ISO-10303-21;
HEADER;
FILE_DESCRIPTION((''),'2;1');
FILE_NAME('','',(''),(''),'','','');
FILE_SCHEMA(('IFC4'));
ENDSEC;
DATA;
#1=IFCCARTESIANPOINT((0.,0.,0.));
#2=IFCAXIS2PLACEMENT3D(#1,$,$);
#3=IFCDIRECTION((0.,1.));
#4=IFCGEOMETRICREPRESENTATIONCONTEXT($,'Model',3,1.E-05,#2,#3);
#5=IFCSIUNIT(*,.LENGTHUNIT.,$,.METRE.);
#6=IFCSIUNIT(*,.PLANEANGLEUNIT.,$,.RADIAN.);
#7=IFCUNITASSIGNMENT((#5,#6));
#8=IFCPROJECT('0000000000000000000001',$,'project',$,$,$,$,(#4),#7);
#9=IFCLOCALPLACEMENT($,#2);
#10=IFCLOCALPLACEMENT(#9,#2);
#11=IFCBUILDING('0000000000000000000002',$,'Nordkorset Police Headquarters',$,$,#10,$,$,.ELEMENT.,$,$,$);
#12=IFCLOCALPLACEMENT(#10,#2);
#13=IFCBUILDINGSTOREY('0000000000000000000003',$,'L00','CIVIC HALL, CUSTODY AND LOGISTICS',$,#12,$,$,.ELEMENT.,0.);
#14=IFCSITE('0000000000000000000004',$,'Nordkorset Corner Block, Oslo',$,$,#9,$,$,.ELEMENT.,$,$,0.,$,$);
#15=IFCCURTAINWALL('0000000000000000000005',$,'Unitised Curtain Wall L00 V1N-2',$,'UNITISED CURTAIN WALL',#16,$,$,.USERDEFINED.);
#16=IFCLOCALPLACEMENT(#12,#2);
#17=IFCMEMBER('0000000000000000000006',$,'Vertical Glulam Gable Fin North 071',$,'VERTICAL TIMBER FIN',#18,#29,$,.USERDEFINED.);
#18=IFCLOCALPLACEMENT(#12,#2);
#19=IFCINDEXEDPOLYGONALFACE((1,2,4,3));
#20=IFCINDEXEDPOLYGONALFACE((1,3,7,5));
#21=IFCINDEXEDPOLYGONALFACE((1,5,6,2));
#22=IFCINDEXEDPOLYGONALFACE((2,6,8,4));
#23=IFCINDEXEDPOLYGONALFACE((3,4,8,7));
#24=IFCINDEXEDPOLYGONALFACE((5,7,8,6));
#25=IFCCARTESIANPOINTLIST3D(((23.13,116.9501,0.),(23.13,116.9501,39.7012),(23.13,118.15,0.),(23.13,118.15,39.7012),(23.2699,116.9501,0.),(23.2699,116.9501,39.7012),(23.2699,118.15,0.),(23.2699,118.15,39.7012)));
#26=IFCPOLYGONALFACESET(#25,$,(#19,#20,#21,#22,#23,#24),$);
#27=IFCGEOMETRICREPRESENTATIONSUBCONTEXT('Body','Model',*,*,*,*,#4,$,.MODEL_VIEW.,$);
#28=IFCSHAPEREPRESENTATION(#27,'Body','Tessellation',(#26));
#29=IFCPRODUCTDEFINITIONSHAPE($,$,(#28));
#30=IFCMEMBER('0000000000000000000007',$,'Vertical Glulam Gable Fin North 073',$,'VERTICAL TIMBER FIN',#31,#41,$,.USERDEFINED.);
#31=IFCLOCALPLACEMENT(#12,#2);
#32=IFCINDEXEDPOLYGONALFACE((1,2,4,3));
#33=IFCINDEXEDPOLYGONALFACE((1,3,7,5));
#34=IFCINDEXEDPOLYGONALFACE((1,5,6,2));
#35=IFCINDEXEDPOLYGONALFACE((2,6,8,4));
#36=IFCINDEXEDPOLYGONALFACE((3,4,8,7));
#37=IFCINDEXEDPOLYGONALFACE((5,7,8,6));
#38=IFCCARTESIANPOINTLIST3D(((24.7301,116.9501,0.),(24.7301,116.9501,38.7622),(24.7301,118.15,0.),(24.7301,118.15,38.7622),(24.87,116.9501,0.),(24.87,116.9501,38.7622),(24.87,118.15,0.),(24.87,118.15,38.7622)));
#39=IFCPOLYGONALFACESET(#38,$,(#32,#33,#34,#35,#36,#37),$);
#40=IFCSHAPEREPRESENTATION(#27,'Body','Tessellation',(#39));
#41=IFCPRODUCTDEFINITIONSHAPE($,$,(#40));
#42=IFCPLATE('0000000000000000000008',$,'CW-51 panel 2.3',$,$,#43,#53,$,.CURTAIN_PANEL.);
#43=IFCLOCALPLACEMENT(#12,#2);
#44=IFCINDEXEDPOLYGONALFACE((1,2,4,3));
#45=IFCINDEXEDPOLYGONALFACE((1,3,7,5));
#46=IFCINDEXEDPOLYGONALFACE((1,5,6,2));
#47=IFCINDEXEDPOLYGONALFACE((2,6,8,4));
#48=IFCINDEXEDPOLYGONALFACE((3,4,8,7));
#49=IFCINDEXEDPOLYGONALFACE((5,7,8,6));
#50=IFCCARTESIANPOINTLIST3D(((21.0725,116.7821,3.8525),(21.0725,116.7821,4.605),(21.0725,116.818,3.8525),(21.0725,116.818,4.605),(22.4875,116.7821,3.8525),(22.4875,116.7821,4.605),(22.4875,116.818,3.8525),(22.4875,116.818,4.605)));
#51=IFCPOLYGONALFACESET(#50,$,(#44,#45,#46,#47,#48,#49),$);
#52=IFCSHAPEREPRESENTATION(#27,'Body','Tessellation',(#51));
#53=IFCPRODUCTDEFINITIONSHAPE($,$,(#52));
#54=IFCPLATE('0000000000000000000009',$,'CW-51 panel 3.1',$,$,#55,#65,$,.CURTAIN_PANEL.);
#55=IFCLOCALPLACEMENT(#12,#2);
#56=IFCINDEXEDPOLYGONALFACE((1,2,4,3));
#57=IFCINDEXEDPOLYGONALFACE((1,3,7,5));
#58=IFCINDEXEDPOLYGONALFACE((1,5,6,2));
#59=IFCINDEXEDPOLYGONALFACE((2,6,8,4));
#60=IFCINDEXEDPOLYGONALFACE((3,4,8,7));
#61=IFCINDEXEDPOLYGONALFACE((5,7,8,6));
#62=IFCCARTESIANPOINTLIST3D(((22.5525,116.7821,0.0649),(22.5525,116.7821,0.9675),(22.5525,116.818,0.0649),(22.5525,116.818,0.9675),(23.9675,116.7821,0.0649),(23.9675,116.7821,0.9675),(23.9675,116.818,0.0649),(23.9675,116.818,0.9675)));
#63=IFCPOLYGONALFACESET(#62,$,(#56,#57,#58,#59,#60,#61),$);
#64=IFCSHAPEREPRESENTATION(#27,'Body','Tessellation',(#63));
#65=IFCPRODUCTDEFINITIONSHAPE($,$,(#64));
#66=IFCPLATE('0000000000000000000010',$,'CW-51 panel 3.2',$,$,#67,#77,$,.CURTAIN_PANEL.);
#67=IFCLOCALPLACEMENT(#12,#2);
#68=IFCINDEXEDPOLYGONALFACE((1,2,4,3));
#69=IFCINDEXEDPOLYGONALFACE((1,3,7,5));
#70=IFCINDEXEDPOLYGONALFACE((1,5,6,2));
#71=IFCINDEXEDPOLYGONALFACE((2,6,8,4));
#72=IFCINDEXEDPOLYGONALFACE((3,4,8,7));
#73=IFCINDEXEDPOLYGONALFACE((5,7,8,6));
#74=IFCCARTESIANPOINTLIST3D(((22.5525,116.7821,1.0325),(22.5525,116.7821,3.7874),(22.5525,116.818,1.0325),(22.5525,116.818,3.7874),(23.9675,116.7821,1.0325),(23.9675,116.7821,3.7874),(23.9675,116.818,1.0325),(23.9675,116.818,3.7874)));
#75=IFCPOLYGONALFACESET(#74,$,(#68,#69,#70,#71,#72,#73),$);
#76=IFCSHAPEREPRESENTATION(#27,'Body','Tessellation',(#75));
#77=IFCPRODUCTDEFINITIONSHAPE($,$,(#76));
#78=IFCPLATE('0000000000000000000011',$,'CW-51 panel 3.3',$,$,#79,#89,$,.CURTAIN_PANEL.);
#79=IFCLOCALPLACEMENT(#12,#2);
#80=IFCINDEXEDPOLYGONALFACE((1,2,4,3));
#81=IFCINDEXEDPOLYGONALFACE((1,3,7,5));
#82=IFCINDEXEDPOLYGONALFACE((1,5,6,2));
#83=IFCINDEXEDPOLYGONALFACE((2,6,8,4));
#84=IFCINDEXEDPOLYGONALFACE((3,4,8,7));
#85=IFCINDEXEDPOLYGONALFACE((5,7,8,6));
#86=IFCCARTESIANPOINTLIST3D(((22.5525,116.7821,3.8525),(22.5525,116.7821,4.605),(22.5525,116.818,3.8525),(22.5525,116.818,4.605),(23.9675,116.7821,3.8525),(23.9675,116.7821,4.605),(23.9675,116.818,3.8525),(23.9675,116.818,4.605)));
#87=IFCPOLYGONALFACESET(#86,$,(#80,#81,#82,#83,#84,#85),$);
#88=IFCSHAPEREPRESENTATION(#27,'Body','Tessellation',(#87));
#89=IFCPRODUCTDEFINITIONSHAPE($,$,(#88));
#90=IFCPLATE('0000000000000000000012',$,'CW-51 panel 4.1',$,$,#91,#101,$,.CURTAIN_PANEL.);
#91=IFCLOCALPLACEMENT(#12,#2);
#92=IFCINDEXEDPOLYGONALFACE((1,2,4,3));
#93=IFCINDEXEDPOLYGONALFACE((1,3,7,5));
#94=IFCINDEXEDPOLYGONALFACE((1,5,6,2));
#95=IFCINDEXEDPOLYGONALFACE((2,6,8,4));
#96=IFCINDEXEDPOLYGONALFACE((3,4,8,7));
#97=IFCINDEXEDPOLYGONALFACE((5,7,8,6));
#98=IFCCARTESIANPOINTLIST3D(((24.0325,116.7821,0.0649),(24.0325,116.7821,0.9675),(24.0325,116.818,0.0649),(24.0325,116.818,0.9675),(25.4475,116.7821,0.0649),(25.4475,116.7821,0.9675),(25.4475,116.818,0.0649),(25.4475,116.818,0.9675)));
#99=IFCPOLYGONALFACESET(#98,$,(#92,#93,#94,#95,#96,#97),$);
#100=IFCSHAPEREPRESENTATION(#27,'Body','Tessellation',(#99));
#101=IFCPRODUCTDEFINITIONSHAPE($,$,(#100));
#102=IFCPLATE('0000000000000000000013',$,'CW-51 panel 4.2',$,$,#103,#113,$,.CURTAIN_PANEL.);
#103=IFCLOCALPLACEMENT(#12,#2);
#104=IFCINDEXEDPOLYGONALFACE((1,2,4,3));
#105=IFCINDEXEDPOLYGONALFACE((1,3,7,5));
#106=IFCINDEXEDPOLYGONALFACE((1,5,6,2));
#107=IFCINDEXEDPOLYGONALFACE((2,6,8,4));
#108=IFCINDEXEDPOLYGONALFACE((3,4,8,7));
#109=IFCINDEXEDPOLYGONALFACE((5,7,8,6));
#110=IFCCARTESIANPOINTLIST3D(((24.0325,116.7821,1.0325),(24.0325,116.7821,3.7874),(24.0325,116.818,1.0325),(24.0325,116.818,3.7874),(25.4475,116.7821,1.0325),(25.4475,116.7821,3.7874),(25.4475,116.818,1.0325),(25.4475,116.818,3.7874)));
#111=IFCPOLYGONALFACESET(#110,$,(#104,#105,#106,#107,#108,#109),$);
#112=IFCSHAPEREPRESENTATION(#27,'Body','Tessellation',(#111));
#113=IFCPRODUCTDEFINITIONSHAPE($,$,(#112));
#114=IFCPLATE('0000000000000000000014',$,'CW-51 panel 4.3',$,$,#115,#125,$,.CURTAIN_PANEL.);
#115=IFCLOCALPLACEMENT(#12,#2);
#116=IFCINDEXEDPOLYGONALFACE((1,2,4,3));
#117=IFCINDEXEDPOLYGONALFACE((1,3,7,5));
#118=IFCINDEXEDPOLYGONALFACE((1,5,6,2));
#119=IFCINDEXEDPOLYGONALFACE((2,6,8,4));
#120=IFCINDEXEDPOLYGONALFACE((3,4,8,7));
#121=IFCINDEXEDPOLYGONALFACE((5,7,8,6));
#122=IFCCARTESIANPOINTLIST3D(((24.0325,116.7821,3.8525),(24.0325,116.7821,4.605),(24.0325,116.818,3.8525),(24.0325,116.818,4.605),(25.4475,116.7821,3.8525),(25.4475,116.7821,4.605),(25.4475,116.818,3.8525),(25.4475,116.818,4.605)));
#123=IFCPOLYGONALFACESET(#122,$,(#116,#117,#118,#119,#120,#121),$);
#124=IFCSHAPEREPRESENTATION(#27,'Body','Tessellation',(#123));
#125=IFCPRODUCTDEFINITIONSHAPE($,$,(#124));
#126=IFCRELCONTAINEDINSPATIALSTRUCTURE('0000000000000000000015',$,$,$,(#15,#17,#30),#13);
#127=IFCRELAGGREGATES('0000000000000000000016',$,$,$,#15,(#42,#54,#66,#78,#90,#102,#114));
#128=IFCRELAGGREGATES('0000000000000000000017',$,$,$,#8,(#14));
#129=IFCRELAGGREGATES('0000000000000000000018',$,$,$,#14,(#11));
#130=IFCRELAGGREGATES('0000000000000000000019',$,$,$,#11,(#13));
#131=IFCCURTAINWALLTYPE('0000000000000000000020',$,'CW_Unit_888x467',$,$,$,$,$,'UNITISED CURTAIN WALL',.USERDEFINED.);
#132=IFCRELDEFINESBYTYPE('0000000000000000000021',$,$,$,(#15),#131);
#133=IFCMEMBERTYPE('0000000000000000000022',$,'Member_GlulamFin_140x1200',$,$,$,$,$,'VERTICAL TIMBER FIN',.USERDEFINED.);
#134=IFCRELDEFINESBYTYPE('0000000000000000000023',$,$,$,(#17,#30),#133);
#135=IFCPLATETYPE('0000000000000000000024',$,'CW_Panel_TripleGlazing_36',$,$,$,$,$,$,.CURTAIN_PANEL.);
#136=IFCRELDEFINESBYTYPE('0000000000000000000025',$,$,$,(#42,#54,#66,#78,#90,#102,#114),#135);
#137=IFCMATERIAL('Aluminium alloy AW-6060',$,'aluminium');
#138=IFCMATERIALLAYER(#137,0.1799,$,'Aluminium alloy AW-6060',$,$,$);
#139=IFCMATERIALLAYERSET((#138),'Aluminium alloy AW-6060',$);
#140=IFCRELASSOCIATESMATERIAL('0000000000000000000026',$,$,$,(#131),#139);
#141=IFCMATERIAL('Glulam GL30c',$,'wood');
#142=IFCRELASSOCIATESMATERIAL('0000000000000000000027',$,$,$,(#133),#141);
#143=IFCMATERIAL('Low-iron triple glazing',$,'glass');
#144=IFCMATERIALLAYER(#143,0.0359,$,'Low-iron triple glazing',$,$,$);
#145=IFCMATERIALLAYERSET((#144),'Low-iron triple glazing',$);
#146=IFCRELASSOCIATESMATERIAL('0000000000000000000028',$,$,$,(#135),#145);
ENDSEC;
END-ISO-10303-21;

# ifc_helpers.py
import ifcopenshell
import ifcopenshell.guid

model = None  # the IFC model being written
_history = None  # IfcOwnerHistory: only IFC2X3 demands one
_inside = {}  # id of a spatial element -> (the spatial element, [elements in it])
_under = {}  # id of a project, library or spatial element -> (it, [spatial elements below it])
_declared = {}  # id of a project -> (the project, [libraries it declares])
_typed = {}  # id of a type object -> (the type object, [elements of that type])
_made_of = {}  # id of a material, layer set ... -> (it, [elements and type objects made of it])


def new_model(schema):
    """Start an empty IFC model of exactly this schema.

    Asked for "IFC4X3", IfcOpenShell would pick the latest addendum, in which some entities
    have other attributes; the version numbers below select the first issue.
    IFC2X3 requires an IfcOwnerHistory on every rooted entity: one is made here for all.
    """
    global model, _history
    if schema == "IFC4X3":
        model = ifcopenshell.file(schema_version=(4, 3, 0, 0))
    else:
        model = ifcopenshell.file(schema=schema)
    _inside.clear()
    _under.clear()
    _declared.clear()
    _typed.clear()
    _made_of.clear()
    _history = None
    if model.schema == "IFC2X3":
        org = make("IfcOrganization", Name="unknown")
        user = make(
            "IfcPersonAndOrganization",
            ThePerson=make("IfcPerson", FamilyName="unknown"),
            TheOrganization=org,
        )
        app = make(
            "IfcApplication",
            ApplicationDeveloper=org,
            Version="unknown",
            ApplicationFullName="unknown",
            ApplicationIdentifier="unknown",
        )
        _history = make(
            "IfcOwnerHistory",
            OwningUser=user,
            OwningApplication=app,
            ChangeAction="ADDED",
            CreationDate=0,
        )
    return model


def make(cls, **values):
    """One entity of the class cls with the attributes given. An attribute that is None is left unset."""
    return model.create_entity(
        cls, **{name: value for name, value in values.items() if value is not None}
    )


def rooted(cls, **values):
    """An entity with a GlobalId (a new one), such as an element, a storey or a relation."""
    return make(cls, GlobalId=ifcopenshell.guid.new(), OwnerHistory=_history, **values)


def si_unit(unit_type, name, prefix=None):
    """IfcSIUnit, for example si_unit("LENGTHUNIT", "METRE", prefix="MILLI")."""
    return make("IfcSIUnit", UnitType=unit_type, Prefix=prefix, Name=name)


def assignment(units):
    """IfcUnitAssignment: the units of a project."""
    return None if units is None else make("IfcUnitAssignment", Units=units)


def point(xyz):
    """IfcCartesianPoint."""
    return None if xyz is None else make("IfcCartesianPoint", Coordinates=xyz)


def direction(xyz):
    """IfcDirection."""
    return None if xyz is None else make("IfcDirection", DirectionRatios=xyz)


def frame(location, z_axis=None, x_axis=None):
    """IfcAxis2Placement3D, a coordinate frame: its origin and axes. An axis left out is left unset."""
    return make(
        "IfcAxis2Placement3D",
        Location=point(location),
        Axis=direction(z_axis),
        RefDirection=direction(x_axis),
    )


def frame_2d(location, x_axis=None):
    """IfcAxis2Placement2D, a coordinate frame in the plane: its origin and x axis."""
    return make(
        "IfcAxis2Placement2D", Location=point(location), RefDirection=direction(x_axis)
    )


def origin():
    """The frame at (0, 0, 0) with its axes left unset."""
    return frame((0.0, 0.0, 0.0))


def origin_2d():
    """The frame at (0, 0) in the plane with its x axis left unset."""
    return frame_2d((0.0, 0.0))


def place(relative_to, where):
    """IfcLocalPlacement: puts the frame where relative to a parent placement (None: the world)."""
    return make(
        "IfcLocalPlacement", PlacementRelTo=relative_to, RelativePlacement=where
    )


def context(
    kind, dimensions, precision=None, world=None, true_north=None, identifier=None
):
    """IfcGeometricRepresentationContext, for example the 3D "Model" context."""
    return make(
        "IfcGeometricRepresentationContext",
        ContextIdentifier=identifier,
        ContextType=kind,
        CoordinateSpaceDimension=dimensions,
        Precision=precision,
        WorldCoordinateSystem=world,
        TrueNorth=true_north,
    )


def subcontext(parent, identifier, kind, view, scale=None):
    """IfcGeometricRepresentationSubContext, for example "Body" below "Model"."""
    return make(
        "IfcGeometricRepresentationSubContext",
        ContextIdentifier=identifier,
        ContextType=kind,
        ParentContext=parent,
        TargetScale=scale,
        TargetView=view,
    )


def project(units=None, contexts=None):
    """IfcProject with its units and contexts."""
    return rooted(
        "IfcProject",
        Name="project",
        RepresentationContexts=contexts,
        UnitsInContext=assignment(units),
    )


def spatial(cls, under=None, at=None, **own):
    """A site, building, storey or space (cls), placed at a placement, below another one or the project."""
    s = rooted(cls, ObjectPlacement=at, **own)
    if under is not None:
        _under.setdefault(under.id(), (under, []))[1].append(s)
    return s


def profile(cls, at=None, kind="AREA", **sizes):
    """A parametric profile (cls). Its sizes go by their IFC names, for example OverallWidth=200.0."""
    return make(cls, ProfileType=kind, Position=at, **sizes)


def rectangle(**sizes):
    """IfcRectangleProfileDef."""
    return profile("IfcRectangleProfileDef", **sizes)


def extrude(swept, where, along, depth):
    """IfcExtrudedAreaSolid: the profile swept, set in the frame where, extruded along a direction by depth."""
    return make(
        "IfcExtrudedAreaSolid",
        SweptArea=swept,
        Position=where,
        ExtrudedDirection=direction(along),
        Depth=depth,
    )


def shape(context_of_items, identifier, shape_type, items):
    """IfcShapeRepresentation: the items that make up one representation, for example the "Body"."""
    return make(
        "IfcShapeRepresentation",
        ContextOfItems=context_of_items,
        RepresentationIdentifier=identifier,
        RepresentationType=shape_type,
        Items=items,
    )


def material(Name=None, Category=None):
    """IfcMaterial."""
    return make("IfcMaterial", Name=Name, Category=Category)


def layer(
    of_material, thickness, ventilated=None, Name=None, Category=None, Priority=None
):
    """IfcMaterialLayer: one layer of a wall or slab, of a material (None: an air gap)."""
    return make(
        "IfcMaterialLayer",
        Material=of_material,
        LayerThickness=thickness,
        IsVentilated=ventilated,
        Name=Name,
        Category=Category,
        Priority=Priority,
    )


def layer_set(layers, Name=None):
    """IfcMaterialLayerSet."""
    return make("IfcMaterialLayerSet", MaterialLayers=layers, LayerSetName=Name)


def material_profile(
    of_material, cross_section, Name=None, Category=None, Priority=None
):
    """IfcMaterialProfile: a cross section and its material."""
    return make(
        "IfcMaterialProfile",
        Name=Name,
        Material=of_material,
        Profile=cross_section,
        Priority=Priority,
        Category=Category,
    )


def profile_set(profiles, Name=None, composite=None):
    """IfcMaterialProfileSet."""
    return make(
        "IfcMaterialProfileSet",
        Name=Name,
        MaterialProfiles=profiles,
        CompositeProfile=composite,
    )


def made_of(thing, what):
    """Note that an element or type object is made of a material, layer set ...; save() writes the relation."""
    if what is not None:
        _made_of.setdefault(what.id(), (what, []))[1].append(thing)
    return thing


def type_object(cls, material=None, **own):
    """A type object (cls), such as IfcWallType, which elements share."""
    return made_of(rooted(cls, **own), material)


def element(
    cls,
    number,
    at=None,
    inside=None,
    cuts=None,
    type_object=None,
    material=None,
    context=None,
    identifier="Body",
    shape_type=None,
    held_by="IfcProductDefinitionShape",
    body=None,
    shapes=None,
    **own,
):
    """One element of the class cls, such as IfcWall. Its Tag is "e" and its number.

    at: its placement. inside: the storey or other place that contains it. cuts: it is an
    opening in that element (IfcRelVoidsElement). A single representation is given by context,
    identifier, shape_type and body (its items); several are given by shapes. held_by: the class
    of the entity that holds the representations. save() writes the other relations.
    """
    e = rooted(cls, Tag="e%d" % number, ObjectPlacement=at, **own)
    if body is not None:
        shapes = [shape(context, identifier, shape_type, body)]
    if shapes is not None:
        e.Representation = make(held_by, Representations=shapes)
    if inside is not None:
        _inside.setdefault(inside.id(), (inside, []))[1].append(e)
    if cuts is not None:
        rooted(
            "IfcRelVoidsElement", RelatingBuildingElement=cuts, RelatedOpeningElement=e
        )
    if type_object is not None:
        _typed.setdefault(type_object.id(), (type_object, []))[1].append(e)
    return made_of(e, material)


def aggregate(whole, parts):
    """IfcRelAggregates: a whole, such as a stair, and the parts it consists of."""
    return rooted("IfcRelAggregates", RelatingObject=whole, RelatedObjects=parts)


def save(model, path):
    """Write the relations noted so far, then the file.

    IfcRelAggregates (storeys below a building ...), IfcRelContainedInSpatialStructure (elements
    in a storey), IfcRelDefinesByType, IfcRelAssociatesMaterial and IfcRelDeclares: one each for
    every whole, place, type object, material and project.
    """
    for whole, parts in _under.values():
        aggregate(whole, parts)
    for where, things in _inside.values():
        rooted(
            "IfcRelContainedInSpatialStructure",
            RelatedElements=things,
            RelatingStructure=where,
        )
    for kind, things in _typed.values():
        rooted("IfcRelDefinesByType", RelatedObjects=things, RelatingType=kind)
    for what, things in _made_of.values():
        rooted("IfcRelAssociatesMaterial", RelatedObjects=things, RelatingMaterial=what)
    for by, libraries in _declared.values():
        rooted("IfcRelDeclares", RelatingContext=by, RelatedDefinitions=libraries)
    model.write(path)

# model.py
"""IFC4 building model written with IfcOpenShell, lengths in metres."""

from ifc_helpers import new_model, si_unit, direction, frame, origin, origin_2d, place, context, subcontext, project, spatial, rectangle, extrude, material, layer, layer_set, material_profile, profile_set, type_object, element, aggregate, save


model = new_model("IFC4")

# Units and contexts
model_context = context("Model", 3, precision=1e-05, world=origin(), true_north=direction((0.0, 1.0)))
body_context = subcontext(model_context, "Body", "Model", "MODEL_VIEW")
ifc_project = project(units=[si_unit("LENGTHUNIT", "METRE"), si_unit("PLANEANGLEUNIT", "RADIAN")], contexts=[model_context])

# Site, building, storey
site_placement = place(None, origin())
site = spatial("IfcSite", under=ifc_project, at=site_placement, Name="Nordkorset Corner Block, Oslo", CompositionType="ELEMENT", RefElevation=0.0)
building_placement = place(site_placement, origin())
building = spatial("IfcBuilding", under=site, at=building_placement, Name="Nordkorset Police Headquarters", CompositionType="ELEMENT")
storey_placement = place(building_placement, origin())
storey = spatial("IfcBuildingStorey", under=building, at=storey_placement, Name="L00", Description="CIVIC HALL, CUSTODY AND LOGISTICS", CompositionType="ELEMENT", Elevation=0.0)

# Curtain wall
ifc_material_1 = material(Name="Aluminium alloy AW-6060", Category="aluminium")
ifc_layer_1 = layer(ifc_material_1, 0.1799, Name="Aluminium alloy AW-6060")
ifc_layer_set_1 = layer_set([ifc_layer_1], Name="Aluminium alloy AW-6060")
curtain_wall_type = type_object("IfcCurtainWallType", Name="CW_Unit_888x467", ElementType="UNITISED CURTAIN WALL", PredefinedType="USERDEFINED", material=ifc_layer_set_1)
curtain_wall_placement = place(storey_placement, origin())
curtain_wall = element("IfcCurtainWall", 1, at=curtain_wall_placement, inside=storey, type_object=curtain_wall_type, Name="Unitised Curtain Wall L00 V1N-2", ObjectType="UNITISED CURTAIN WALL", PredefinedType="USERDEFINED")

# Members
ifc_material_2 = material(Name="Glulam GL30c", Category="wood")
ifc_material_profile_1 = material_profile(ifc_material_2, rectangle(XDim=0.1399, YDim=1.2, at=origin_2d()), Name="GL30C FIN 140x1200")
ifc_profile_set_1 = profile_set([ifc_material_profile_1], Name="Glulam GL30c")
member_type_1 = type_object("IfcMemberType", Name="Member_GlulamFin_140x1200", ElementType="VERTICAL TIMBER FIN", PredefinedType="USERDEFINED", material=ifc_profile_set_1)
member_1_placement = place(storey_placement, frame((23.2, 117.55, 0.0), z_axis=(0.0, 0.0, 1.0), x_axis=(1.0, 0.0, 0.0)))
element("IfcMember", 2, at=member_1_placement, inside=storey, type_object=member_type_1, Name="Vertical Glulam Gable Fin North 071", ObjectType="VERTICAL TIMBER FIN", PredefinedType="USERDEFINED", context=body_context, shape_type="SweptSolid", body=[
    extrude(rectangle(XDim=0.1399, YDim=1.2, at=origin_2d()), origin(), (0.0, 0.0, 1.0), 39.7012),
])
member_2_placement = place(storey_placement, frame((24.8, 117.55, 0.0), z_axis=(0.0, 0.0, 1.0), x_axis=(1.0, 0.0, 0.0)))
element("IfcMember", 3, at=member_2_placement, inside=storey, type_object=member_type_1, Name="Vertical Glulam Gable Fin North 073", ObjectType="VERTICAL TIMBER FIN", PredefinedType="USERDEFINED", context=body_context, shape_type="SweptSolid", body=[
    extrude(rectangle(XDim=0.1399, YDim=1.2, at=origin_2d()), origin(), (0.0, 0.0, 1.0), 38.7622),
])

# Plates
ifc_material_3 = material(Name="Low-iron triple glazing", Category="glass")
ifc_layer_2 = layer(ifc_material_3, 0.0359, Name="Low-iron triple glazing")
ifc_layer_set_2 = layer_set([ifc_layer_2], Name="Low-iron triple glazing")
plate_type = type_object("IfcPlateType", Name="CW_Panel_TripleGlazing_36", PredefinedType="CURTAIN_PANEL", material=ifc_layer_set_2)
plate_1_placement = place(storey_placement, frame((21.78, 116.8, 3.8525), z_axis=(0.0, 0.0, 1.0), x_axis=(1.0, 0.0, 0.0)))
plate_1 = element("IfcPlate", 4, at=plate_1_placement, type_object=plate_type, Name="CW-51 panel 2.3", PredefinedType="CURTAIN_PANEL", context=body_context, shape_type="SweptSolid", body=[
    extrude(rectangle(XDim=1.415, YDim=0.0359, at=origin_2d()), origin(), (0.0, 0.0, 1.0), 0.7524),
])
plate_2_placement = place(storey_placement, frame((23.26, 116.8, 0.0649), z_axis=(0.0, 0.0, 1.0), x_axis=(1.0, 0.0, 0.0)))
plate_2 = element("IfcPlate", 5, at=plate_2_placement, type_object=plate_type, Name="CW-51 panel 3.1", PredefinedType="CURTAIN_PANEL", context=body_context, shape_type="SweptSolid", body=[
    extrude(rectangle(XDim=1.415, YDim=0.0359, at=origin_2d()), origin(), (0.0, 0.0, 1.0), 0.9026),
])
plate_3_placement = place(storey_placement, frame((23.26, 116.8, 1.0325), z_axis=(0.0, 0.0, 1.0), x_axis=(1.0, 0.0, 0.0)))
plate_3 = element("IfcPlate", 6, at=plate_3_placement, type_object=plate_type, Name="CW-51 panel 3.2", PredefinedType="CURTAIN_PANEL", context=body_context, shape_type="SweptSolid", body=[
    extrude(rectangle(XDim=1.415, YDim=0.0359, at=origin_2d()), origin(), (0.0, 0.0, 1.0), 2.7549),
])
plate_4_placement = place(storey_placement, frame((23.26, 116.8, 3.8525), z_axis=(0.0, 0.0, 1.0), x_axis=(1.0, 0.0, 0.0)))
plate_4 = element("IfcPlate", 7, at=plate_4_placement, type_object=plate_type, Name="CW-51 panel 3.3", PredefinedType="CURTAIN_PANEL", context=body_context, shape_type="SweptSolid", body=[
    extrude(rectangle(XDim=1.415, YDim=0.0359, at=origin_2d()), origin(), (0.0, 0.0, 1.0), 0.7524),
])
plate_5_placement = place(storey_placement, frame((24.74, 116.8, 0.0649), z_axis=(0.0, 0.0, 1.0), x_axis=(1.0, 0.0, 0.0)))
plate_5 = element("IfcPlate", 8, at=plate_5_placement, type_object=plate_type, Name="CW-51 panel 4.1", PredefinedType="CURTAIN_PANEL", context=body_context, shape_type="SweptSolid", body=[
    extrude(rectangle(XDim=1.415, YDim=0.0359, at=origin_2d()), origin(), (0.0, 0.0, 1.0), 0.9026),
])
plate_6_placement = place(storey_placement, frame((24.74, 116.8, 1.0325), z_axis=(0.0, 0.0, 1.0), x_axis=(1.0, 0.0, 0.0)))
plate_6 = element("IfcPlate", 9, at=plate_6_placement, type_object=plate_type, Name="CW-51 panel 4.2", PredefinedType="CURTAIN_PANEL", context=body_context, shape_type="SweptSolid", body=[
    extrude(rectangle(XDim=1.415, YDim=0.0359, at=origin_2d()), origin(), (0.0, 0.0, 1.0), 2.7549),
])
plate_7_placement = place(storey_placement, frame((24.74, 116.8, 3.8525), z_axis=(0.0, 0.0, 1.0), x_axis=(1.0, 0.0, 0.0)))
plate_7 = element("IfcPlate", 10, at=plate_7_placement, type_object=plate_type, Name="CW-51 panel 4.3", PredefinedType="CURTAIN_PANEL", context=body_context, shape_type="SweptSolid", body=[
    extrude(rectangle(XDim=1.415, YDim=0.0359, at=origin_2d()), origin(), (0.0, 0.0, 1.0), 0.7524),
])
aggregate(curtain_wall, [plate_1, plate_2, plate_3, plate_4, plate_5, plate_6, plate_7])

save(model, "model.ifc")
